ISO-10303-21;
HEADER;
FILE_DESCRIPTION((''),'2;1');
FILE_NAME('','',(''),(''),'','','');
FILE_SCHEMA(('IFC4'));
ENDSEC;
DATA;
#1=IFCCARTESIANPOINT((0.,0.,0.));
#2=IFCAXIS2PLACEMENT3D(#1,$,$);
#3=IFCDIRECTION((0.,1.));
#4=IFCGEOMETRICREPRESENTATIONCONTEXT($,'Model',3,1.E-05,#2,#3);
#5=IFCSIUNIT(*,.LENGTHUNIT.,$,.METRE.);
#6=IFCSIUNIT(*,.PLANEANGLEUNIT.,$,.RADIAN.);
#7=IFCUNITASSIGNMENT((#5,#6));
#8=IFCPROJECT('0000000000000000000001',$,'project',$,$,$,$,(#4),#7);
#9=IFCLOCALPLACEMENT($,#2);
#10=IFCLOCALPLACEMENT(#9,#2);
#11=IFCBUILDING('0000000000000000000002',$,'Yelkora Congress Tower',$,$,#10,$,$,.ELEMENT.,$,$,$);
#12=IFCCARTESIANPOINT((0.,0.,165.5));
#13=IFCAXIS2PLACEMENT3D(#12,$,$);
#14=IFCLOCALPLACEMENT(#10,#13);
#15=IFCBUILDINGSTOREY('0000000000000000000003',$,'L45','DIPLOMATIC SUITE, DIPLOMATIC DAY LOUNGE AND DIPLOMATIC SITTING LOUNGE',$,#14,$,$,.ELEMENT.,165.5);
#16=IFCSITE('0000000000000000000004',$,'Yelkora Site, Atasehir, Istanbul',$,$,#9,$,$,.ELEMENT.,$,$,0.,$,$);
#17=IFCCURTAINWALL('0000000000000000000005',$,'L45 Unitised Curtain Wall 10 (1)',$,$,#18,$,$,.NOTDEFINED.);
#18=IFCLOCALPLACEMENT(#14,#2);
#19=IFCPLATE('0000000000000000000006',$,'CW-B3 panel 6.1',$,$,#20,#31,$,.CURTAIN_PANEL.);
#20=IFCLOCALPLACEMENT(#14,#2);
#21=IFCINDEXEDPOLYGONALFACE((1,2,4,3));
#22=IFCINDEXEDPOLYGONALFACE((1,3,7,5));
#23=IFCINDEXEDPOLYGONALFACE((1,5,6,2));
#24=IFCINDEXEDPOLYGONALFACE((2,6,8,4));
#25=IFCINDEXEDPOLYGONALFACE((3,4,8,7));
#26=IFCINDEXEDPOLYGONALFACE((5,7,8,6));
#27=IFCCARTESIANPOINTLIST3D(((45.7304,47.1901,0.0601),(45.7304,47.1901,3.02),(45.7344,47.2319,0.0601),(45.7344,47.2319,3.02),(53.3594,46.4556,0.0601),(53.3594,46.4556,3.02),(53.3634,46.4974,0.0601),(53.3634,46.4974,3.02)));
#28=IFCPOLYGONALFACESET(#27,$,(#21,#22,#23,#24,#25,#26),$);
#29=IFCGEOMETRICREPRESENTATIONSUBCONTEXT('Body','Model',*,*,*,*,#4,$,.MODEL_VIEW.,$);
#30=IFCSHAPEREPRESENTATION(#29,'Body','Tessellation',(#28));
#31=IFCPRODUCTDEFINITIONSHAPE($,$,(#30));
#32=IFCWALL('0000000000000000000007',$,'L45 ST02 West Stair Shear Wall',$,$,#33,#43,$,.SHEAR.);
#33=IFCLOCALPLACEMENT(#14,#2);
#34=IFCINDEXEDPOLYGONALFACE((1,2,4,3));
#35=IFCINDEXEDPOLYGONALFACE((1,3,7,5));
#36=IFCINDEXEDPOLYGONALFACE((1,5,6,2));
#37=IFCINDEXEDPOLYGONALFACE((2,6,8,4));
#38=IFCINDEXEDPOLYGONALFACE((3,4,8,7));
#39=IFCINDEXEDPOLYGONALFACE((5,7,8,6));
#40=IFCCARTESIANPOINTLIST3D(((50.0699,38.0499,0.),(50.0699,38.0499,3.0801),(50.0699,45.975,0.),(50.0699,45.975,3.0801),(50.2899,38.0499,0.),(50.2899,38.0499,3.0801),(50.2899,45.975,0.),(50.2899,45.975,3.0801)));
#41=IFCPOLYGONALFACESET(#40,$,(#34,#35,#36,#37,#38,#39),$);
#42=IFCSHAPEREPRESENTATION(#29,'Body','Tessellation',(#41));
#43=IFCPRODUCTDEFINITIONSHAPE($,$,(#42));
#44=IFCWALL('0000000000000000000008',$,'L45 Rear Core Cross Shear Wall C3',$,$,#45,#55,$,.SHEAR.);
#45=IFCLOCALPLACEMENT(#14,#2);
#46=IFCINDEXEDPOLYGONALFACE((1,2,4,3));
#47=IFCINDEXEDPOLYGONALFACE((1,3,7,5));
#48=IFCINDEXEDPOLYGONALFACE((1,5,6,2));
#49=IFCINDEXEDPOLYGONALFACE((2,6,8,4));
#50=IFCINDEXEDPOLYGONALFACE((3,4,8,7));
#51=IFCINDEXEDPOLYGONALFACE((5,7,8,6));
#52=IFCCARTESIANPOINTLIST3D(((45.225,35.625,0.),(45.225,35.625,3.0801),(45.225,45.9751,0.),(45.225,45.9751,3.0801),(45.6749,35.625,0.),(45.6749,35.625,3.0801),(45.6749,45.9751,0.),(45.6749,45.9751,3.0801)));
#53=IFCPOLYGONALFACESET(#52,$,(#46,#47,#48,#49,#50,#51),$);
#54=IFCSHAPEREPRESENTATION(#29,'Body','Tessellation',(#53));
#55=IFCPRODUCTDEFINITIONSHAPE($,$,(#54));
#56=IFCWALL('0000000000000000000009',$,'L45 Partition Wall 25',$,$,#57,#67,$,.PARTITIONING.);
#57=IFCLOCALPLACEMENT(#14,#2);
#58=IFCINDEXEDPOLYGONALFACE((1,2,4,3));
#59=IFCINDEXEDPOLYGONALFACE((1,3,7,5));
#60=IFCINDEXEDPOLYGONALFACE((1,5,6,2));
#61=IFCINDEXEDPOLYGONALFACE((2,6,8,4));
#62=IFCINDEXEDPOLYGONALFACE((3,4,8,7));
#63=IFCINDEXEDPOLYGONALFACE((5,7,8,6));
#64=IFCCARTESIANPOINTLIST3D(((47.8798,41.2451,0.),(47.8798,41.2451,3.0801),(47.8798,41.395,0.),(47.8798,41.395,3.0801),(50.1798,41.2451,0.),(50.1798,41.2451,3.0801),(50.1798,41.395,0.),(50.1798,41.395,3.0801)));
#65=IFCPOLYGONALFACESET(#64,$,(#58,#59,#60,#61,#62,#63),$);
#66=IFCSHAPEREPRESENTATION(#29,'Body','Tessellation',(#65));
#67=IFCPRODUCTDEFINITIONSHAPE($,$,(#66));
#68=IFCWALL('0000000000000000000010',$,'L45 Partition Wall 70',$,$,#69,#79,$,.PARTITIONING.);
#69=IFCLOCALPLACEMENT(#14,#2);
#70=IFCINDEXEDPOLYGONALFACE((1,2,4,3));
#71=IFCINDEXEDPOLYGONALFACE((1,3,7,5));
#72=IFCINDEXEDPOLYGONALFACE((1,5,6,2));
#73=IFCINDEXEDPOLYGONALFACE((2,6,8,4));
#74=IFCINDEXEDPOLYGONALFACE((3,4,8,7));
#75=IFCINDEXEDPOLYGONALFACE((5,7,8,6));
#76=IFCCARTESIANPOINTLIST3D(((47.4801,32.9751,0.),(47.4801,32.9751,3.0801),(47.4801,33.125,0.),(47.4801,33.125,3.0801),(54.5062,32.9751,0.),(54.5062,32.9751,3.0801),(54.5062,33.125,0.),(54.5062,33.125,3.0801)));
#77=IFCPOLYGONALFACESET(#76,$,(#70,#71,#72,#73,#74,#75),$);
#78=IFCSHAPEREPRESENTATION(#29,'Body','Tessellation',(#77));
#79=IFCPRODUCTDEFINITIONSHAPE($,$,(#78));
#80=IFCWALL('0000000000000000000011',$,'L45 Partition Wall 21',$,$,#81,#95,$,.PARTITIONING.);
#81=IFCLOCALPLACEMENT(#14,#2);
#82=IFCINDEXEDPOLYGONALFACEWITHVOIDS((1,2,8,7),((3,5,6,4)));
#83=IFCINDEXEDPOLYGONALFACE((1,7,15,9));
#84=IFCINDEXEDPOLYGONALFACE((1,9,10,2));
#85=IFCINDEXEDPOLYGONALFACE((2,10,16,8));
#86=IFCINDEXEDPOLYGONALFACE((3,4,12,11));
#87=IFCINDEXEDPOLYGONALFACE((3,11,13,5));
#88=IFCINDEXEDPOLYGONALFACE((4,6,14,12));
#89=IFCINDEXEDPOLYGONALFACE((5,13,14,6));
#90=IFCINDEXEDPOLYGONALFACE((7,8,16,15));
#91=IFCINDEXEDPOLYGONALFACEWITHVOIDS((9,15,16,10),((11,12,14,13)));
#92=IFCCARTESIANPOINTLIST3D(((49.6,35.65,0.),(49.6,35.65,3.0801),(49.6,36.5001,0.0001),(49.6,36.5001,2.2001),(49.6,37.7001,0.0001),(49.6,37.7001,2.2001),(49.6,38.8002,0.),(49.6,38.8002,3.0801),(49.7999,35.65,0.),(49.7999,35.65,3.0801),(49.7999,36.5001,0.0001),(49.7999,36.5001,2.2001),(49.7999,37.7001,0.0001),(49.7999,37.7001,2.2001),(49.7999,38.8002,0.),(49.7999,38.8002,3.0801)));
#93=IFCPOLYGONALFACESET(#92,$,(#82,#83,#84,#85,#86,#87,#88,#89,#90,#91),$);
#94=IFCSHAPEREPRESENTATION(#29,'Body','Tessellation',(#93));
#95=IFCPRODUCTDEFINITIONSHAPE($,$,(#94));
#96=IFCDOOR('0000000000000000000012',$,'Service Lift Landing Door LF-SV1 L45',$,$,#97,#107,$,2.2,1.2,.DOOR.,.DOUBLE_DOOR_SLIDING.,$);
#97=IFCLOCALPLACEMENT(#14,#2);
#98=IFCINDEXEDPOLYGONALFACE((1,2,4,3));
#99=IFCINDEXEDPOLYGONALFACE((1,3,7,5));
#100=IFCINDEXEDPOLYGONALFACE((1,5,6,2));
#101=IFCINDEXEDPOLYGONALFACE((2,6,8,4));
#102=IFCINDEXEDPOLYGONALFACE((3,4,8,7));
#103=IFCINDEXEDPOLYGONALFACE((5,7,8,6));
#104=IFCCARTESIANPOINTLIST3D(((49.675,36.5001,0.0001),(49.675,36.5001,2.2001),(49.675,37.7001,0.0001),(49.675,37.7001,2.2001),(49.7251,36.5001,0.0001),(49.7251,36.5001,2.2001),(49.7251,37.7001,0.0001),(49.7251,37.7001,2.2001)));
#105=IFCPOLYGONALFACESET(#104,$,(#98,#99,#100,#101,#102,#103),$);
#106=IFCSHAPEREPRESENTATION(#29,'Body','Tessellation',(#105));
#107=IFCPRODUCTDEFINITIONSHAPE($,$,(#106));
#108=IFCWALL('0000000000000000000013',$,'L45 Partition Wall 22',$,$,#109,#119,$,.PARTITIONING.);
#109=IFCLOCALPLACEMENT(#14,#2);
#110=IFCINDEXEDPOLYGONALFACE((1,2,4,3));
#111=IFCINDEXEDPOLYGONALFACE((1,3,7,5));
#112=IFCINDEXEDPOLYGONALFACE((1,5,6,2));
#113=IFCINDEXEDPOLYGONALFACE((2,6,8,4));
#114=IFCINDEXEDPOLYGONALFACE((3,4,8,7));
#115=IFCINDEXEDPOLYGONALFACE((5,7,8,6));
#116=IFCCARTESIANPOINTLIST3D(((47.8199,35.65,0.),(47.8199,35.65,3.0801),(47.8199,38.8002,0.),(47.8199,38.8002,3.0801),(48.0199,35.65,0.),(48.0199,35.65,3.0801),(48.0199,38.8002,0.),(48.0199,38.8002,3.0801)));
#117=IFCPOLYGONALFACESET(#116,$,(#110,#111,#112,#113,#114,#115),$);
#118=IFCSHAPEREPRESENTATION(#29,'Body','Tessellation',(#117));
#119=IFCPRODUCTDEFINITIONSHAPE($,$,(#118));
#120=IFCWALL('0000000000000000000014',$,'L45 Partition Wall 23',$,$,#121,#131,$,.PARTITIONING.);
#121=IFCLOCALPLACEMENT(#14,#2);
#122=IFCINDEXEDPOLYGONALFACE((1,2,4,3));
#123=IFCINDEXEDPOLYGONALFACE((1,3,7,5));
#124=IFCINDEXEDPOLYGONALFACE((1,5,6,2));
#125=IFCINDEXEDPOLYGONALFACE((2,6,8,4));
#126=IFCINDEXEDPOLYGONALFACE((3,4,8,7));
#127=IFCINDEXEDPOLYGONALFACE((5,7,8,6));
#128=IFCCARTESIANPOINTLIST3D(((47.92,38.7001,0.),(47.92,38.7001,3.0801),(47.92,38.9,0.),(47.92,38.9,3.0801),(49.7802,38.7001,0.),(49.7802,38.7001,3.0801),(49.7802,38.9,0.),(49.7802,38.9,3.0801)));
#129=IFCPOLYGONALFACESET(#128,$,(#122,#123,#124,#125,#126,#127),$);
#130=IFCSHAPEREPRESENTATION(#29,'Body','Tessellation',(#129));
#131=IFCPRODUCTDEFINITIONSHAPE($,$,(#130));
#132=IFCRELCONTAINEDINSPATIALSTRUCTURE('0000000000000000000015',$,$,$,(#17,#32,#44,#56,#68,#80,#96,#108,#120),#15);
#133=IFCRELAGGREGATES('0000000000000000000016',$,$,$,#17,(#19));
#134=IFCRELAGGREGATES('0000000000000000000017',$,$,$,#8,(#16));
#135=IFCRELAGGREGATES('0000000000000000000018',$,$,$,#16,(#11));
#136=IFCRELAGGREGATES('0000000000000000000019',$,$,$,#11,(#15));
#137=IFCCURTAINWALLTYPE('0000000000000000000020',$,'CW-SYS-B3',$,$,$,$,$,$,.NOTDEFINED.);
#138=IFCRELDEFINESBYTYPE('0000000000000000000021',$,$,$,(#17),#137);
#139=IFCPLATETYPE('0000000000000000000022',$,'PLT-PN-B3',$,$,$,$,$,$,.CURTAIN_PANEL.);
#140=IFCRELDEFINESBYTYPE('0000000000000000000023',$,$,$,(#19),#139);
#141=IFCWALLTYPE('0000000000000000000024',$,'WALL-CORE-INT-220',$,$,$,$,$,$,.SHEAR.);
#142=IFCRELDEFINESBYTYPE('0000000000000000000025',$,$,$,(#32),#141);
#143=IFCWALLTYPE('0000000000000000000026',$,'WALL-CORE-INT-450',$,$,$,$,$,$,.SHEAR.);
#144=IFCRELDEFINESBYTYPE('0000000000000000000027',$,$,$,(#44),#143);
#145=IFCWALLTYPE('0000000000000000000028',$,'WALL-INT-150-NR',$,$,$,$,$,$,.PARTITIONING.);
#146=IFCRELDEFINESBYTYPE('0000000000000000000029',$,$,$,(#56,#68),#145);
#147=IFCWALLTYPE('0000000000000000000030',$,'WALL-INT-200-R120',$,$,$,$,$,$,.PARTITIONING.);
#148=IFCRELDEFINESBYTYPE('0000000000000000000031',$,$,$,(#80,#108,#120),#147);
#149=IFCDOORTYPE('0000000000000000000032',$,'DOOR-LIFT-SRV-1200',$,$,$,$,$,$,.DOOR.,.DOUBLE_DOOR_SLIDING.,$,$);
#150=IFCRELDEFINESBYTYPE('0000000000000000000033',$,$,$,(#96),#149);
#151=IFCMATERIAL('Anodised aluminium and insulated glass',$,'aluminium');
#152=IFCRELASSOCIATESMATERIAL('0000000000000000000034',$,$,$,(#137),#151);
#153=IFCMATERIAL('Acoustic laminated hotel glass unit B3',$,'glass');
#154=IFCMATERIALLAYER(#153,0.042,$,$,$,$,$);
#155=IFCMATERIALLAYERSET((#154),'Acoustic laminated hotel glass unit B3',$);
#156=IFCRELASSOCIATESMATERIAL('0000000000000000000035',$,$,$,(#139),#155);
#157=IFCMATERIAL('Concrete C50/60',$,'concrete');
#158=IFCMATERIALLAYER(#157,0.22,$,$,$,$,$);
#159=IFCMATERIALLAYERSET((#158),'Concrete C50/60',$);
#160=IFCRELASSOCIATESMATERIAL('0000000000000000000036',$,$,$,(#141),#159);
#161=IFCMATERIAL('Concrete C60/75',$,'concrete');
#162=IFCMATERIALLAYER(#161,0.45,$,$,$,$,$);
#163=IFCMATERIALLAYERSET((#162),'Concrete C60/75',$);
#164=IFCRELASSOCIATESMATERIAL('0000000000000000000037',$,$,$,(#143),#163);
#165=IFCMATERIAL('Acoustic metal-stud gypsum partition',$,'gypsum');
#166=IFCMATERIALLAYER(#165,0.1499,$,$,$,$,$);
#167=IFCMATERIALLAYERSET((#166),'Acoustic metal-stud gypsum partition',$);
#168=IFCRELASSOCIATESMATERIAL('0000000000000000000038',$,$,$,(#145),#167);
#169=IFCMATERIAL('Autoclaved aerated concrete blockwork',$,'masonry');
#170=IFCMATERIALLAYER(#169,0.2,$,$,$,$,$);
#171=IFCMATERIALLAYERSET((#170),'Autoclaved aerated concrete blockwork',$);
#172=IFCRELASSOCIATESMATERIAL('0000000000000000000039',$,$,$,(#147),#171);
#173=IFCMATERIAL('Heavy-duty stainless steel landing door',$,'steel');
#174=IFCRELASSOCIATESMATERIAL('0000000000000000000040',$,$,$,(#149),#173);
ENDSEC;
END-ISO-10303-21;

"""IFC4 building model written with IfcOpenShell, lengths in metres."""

from ifc_helpers import new_model, si_unit, direction, frame, frame_2d, origin, origin_2d, place, context, subcontext, project, spatial, rectangle, extrude, material, layer, layer_set, type_object, element, fill, aggregate, save


model = new_model("IFC4")

# Units and contexts
model_context = context("Model", 3, precision=1e-05, world=origin(), true_north=direction((0.0, 1.0)))
body_context = subcontext(model_context, "Body", "Model", "MODEL_VIEW")
ifc_project = project(units=[si_unit("LENGTHUNIT", "METRE"), si_unit("PLANEANGLEUNIT", "RADIAN")], contexts=[model_context])

# Site, building, storey
site_placement = place(None, origin())
site = spatial("IfcSite", under=ifc_project, at=site_placement, Name="Yelkora Site, Atasehir, Istanbul", CompositionType="ELEMENT", RefElevation=0.0)
building_placement = place(site_placement, origin())
building = spatial("IfcBuilding", under=site, at=building_placement, Name="Yelkora Congress Tower", CompositionType="ELEMENT")
storey_placement = place(building_placement, frame((0.0, 0.0, 165.5)))
storey = spatial("IfcBuildingStorey", under=building, at=storey_placement, Name="L45", Description="DIPLOMATIC SUITE, DIPLOMATIC DAY LOUNGE AND DIPLOMATIC SITTING LOUNGE", CompositionType="ELEMENT", Elevation=165.5)

# Curtain wall, plate
ifc_material_1 = material(Name="Anodised aluminium and insulated glass", Category="aluminium")
curtain_wall_type = type_object("IfcCurtainWallType", Name="CW-SYS-B3", PredefinedType="NOTDEFINED", material=ifc_material_1)
curtain_wall_placement = place(storey_placement, origin())
curtain_wall = element("IfcCurtainWall", 1, at=curtain_wall_placement, inside=storey, type_object=curtain_wall_type, Name="L45 Unitised Curtain Wall 10 (1)", PredefinedType="NOTDEFINED")
ifc_material_2 = material(Name="Acoustic laminated hotel glass unit B3", Category="glass")
ifc_layer_1 = layer(ifc_material_2, 0.042)
ifc_layer_set_1 = layer_set([ifc_layer_1], Name="Acoustic laminated hotel glass unit B3")
plate_type = type_object("IfcPlateType", Name="PLT-PN-B3", PredefinedType="CURTAIN_PANEL", material=ifc_layer_set_1)
plate_placement = place(storey_placement, frame((49.5469, 46.8438, 0.0601), z_axis=(0.0, 0.0, 1.0), x_axis=(0.995396, -0.095845, 0.0)))
plate = element("IfcPlate", 2, at=plate_placement, type_object=plate_type, Name="CW-B3 panel 6.1", PredefinedType="CURTAIN_PANEL", context=body_context, shape_type="SweptSolid", body=[
    extrude(rectangle(XDim=7.6643, YDim=0.042, at=origin_2d()), origin(), (0.0, 0.0, 1.0), 2.96),
])
aggregate(curtain_wall, [plate])

# Walls
ifc_material_3 = material(Name="Concrete C50/60", Category="concrete")
ifc_layer_2 = layer(ifc_material_3, 0.22)
ifc_layer_set_2 = layer_set([ifc_layer_2], Name="Concrete C50/60")
wall_type_1 = type_object("IfcWallType", Name="WALL-CORE-INT-220", PredefinedType="SHEAR", material=ifc_layer_set_2)
wall_1_placement = place(storey_placement, frame((50.1799, 38.05, 0.0), z_axis=(0.0, 0.0, 1.0), x_axis=(0.0, 1.0, 0.0)))
element("IfcWall", 3, at=wall_1_placement, inside=storey, type_object=wall_type_1, Name="L45 ST02 West Stair Shear Wall", PredefinedType="SHEAR", context=body_context, shape_type="SweptSolid", body=[
    extrude(rectangle(XDim=7.925, YDim=0.22, at=frame_2d((3.9624, 0.0))), origin(), (0.0, 0.0, 1.0), 3.0801),
])
ifc_material_4 = material(Name="Concrete C60/75", Category="concrete")
ifc_layer_3 = layer(ifc_material_4, 0.45)
ifc_layer_set_3 = layer_set([ifc_layer_3], Name="Concrete C60/75")
wall_type_2 = type_object("IfcWallType", Name="WALL-CORE-INT-450", PredefinedType="SHEAR", material=ifc_layer_set_3)
wall_2_placement = place(storey_placement, frame((45.45, 35.625, 0.0), z_axis=(0.0, 0.0, 1.0), x_axis=(0.0, 1.0, 0.0)))
element("IfcWall", 4, at=wall_2_placement, inside=storey, type_object=wall_type_2, Name="L45 Rear Core Cross Shear Wall C3", PredefinedType="SHEAR", context=body_context, shape_type="SweptSolid", body=[
    extrude(rectangle(XDim=10.3501, YDim=0.45, at=frame_2d((5.175, 0.0))), origin(), (0.0, 0.0, 1.0), 3.0801),
])

# Shared definitions
ifc_material_5 = material(Name="Acoustic metal-stud gypsum partition", Category="gypsum")
ifc_layer_4 = layer(ifc_material_5, 0.1499)
ifc_layer_set_4 = layer_set([ifc_layer_4], Name="Acoustic metal-stud gypsum partition")
wall_type_3 = type_object("IfcWallType", Name="WALL-INT-150-NR", PredefinedType="PARTITIONING", material=ifc_layer_set_4)

# Wall
wall_3_placement = place(storey_placement, frame((47.8799, 41.3201, 0.0), z_axis=(0.0, 0.0, 1.0), x_axis=(1.0, 0.0, 0.0)))
element("IfcWall", 5, at=wall_3_placement, inside=storey, type_object=wall_type_3, Name="L45 Partition Wall 25", PredefinedType="PARTITIONING", context=body_context, shape_type="SweptSolid", body=[
    extrude(rectangle(XDim=2.3, YDim=0.1499, at=frame_2d((1.1499, 0.0))), origin(), (0.0, 0.0, 1.0), 3.0801),
])

# Wall
wall_4_placement = place(storey_placement, frame((47.48, 33.05, 0.0), z_axis=(0.0, 0.0, 1.0), x_axis=(1.0, 0.0, 0.0)))
element("IfcWall", 6, at=wall_4_placement, inside=storey, type_object=wall_type_3, Name="L45 Partition Wall 70", PredefinedType="PARTITIONING", context=body_context, shape_type="SweptSolid", body=[
    extrude(rectangle(XDim=7.0261, YDim=0.1499, at=frame_2d((3.5132, 0.0))), origin(), (0.0, 0.0, 1.0), 3.0801),
])

# Wall, opening, door
ifc_material_6 = material(Name="Autoclaved aerated concrete blockwork", Category="masonry")
ifc_layer_5 = layer(ifc_material_6, 0.2)
ifc_layer_set_5 = layer_set([ifc_layer_5], Name="Autoclaved aerated concrete blockwork")
wall_type_4 = type_object("IfcWallType", Name="WALL-INT-200-R120", PredefinedType="PARTITIONING", material=ifc_layer_set_5)
wall_5_placement = place(storey_placement, frame((49.7, 35.6499, 0.0), z_axis=(0.0, 0.0, 1.0), x_axis=(0.0, 1.0, 0.0)))
wall_5 = element("IfcWall", 7, at=wall_5_placement, inside=storey, type_object=wall_type_4, Name="L45 Partition Wall 21", PredefinedType="PARTITIONING", context=body_context, shape_type="SweptSolid", body=[
    extrude(rectangle(XDim=3.1501, YDim=0.2, at=frame_2d((1.5752, 0.0))), origin(), (0.0, 0.0, 1.0), 3.0801),
])
opening_1_placement = place(wall_5_placement, frame((0.8501, 0.0, 0.0)))
opening_1 = element("IfcOpeningElement", 8, at=opening_1_placement, cuts=wall_5, PredefinedType="OPENING", context=body_context, shape_type="SweptSolid", body=[
    extrude(rectangle(XDim=1.2, YDim=2.2, at=frame_2d((0.6001, 1.1001))), frame((0.0, 0.1099, 0.0), z_axis=(0.0, -1.0, 0.0), x_axis=(1.0, 0.0, 0.0)), (0.0, 0.0, 1.0), 0.22),
])
ifc_material_7 = material(Name="Heavy-duty stainless steel landing door", Category="steel")
door_type_1 = type_object("IfcDoorType", Name="DOOR-LIFT-SRV-1200", OperationType="DOUBLE_DOOR_SLIDING", PredefinedType="DOOR", material=ifc_material_7)
door_1_placement = place(opening_1_placement, origin())
door_1 = element("IfcDoor", 9, at=door_1_placement, inside=storey, type_object=door_type_1, Name="Service Lift Landing Door LF-SV1 L45", OperationType="DOUBLE_DOOR_SLIDING", OverallHeight=2.2, OverallWidth=1.2, PredefinedType="DOOR", context=body_context, shape_type="SweptSolid", body=[
    extrude(rectangle(XDim=1.2, YDim=2.2, at=frame_2d((0.6001, 1.1001))), frame((0.0, 0.0249, 0.0), z_axis=(0.0, -1.0, 0.0), x_axis=(1.0, 0.0, 0.0)), (0.0, 0.0, 1.0), 0.05),
])
fill(opening_1, door_1)

# Walls
wall_6_placement = place(storey_placement, frame((47.9199, 35.6499, 0.0), z_axis=(0.0, 0.0, 1.0), x_axis=(0.0, 1.0, 0.0)))
element("IfcWall", 10, at=wall_6_placement, inside=storey, type_object=wall_type_4, Name="L45 Partition Wall 22", PredefinedType="PARTITIONING", context=body_context, shape_type="SweptSolid", body=[
    extrude(rectangle(XDim=3.1501, YDim=0.2, at=frame_2d((1.5752, 0.0))), origin(), (0.0, 0.0, 1.0), 3.0801),
])
wall_7_placement = place(storey_placement, frame((47.9199, 38.8, 0.0), z_axis=(0.0, 0.0, 1.0), x_axis=(1.0, 0.0, 0.0)))
element("IfcWall", 11, at=wall_7_placement, inside=storey, type_object=wall_type_4, Name="L45 Partition Wall 23", PredefinedType="PARTITIONING", context=body_context, shape_type="SweptSolid", body=[
    extrude(rectangle(XDim=1.8601, YDim=0.2, at=frame_2d((0.9302, 0.0))), origin(), (0.0, 0.0, 1.0), 3.0801),
])

save(model, "model.ifc")
